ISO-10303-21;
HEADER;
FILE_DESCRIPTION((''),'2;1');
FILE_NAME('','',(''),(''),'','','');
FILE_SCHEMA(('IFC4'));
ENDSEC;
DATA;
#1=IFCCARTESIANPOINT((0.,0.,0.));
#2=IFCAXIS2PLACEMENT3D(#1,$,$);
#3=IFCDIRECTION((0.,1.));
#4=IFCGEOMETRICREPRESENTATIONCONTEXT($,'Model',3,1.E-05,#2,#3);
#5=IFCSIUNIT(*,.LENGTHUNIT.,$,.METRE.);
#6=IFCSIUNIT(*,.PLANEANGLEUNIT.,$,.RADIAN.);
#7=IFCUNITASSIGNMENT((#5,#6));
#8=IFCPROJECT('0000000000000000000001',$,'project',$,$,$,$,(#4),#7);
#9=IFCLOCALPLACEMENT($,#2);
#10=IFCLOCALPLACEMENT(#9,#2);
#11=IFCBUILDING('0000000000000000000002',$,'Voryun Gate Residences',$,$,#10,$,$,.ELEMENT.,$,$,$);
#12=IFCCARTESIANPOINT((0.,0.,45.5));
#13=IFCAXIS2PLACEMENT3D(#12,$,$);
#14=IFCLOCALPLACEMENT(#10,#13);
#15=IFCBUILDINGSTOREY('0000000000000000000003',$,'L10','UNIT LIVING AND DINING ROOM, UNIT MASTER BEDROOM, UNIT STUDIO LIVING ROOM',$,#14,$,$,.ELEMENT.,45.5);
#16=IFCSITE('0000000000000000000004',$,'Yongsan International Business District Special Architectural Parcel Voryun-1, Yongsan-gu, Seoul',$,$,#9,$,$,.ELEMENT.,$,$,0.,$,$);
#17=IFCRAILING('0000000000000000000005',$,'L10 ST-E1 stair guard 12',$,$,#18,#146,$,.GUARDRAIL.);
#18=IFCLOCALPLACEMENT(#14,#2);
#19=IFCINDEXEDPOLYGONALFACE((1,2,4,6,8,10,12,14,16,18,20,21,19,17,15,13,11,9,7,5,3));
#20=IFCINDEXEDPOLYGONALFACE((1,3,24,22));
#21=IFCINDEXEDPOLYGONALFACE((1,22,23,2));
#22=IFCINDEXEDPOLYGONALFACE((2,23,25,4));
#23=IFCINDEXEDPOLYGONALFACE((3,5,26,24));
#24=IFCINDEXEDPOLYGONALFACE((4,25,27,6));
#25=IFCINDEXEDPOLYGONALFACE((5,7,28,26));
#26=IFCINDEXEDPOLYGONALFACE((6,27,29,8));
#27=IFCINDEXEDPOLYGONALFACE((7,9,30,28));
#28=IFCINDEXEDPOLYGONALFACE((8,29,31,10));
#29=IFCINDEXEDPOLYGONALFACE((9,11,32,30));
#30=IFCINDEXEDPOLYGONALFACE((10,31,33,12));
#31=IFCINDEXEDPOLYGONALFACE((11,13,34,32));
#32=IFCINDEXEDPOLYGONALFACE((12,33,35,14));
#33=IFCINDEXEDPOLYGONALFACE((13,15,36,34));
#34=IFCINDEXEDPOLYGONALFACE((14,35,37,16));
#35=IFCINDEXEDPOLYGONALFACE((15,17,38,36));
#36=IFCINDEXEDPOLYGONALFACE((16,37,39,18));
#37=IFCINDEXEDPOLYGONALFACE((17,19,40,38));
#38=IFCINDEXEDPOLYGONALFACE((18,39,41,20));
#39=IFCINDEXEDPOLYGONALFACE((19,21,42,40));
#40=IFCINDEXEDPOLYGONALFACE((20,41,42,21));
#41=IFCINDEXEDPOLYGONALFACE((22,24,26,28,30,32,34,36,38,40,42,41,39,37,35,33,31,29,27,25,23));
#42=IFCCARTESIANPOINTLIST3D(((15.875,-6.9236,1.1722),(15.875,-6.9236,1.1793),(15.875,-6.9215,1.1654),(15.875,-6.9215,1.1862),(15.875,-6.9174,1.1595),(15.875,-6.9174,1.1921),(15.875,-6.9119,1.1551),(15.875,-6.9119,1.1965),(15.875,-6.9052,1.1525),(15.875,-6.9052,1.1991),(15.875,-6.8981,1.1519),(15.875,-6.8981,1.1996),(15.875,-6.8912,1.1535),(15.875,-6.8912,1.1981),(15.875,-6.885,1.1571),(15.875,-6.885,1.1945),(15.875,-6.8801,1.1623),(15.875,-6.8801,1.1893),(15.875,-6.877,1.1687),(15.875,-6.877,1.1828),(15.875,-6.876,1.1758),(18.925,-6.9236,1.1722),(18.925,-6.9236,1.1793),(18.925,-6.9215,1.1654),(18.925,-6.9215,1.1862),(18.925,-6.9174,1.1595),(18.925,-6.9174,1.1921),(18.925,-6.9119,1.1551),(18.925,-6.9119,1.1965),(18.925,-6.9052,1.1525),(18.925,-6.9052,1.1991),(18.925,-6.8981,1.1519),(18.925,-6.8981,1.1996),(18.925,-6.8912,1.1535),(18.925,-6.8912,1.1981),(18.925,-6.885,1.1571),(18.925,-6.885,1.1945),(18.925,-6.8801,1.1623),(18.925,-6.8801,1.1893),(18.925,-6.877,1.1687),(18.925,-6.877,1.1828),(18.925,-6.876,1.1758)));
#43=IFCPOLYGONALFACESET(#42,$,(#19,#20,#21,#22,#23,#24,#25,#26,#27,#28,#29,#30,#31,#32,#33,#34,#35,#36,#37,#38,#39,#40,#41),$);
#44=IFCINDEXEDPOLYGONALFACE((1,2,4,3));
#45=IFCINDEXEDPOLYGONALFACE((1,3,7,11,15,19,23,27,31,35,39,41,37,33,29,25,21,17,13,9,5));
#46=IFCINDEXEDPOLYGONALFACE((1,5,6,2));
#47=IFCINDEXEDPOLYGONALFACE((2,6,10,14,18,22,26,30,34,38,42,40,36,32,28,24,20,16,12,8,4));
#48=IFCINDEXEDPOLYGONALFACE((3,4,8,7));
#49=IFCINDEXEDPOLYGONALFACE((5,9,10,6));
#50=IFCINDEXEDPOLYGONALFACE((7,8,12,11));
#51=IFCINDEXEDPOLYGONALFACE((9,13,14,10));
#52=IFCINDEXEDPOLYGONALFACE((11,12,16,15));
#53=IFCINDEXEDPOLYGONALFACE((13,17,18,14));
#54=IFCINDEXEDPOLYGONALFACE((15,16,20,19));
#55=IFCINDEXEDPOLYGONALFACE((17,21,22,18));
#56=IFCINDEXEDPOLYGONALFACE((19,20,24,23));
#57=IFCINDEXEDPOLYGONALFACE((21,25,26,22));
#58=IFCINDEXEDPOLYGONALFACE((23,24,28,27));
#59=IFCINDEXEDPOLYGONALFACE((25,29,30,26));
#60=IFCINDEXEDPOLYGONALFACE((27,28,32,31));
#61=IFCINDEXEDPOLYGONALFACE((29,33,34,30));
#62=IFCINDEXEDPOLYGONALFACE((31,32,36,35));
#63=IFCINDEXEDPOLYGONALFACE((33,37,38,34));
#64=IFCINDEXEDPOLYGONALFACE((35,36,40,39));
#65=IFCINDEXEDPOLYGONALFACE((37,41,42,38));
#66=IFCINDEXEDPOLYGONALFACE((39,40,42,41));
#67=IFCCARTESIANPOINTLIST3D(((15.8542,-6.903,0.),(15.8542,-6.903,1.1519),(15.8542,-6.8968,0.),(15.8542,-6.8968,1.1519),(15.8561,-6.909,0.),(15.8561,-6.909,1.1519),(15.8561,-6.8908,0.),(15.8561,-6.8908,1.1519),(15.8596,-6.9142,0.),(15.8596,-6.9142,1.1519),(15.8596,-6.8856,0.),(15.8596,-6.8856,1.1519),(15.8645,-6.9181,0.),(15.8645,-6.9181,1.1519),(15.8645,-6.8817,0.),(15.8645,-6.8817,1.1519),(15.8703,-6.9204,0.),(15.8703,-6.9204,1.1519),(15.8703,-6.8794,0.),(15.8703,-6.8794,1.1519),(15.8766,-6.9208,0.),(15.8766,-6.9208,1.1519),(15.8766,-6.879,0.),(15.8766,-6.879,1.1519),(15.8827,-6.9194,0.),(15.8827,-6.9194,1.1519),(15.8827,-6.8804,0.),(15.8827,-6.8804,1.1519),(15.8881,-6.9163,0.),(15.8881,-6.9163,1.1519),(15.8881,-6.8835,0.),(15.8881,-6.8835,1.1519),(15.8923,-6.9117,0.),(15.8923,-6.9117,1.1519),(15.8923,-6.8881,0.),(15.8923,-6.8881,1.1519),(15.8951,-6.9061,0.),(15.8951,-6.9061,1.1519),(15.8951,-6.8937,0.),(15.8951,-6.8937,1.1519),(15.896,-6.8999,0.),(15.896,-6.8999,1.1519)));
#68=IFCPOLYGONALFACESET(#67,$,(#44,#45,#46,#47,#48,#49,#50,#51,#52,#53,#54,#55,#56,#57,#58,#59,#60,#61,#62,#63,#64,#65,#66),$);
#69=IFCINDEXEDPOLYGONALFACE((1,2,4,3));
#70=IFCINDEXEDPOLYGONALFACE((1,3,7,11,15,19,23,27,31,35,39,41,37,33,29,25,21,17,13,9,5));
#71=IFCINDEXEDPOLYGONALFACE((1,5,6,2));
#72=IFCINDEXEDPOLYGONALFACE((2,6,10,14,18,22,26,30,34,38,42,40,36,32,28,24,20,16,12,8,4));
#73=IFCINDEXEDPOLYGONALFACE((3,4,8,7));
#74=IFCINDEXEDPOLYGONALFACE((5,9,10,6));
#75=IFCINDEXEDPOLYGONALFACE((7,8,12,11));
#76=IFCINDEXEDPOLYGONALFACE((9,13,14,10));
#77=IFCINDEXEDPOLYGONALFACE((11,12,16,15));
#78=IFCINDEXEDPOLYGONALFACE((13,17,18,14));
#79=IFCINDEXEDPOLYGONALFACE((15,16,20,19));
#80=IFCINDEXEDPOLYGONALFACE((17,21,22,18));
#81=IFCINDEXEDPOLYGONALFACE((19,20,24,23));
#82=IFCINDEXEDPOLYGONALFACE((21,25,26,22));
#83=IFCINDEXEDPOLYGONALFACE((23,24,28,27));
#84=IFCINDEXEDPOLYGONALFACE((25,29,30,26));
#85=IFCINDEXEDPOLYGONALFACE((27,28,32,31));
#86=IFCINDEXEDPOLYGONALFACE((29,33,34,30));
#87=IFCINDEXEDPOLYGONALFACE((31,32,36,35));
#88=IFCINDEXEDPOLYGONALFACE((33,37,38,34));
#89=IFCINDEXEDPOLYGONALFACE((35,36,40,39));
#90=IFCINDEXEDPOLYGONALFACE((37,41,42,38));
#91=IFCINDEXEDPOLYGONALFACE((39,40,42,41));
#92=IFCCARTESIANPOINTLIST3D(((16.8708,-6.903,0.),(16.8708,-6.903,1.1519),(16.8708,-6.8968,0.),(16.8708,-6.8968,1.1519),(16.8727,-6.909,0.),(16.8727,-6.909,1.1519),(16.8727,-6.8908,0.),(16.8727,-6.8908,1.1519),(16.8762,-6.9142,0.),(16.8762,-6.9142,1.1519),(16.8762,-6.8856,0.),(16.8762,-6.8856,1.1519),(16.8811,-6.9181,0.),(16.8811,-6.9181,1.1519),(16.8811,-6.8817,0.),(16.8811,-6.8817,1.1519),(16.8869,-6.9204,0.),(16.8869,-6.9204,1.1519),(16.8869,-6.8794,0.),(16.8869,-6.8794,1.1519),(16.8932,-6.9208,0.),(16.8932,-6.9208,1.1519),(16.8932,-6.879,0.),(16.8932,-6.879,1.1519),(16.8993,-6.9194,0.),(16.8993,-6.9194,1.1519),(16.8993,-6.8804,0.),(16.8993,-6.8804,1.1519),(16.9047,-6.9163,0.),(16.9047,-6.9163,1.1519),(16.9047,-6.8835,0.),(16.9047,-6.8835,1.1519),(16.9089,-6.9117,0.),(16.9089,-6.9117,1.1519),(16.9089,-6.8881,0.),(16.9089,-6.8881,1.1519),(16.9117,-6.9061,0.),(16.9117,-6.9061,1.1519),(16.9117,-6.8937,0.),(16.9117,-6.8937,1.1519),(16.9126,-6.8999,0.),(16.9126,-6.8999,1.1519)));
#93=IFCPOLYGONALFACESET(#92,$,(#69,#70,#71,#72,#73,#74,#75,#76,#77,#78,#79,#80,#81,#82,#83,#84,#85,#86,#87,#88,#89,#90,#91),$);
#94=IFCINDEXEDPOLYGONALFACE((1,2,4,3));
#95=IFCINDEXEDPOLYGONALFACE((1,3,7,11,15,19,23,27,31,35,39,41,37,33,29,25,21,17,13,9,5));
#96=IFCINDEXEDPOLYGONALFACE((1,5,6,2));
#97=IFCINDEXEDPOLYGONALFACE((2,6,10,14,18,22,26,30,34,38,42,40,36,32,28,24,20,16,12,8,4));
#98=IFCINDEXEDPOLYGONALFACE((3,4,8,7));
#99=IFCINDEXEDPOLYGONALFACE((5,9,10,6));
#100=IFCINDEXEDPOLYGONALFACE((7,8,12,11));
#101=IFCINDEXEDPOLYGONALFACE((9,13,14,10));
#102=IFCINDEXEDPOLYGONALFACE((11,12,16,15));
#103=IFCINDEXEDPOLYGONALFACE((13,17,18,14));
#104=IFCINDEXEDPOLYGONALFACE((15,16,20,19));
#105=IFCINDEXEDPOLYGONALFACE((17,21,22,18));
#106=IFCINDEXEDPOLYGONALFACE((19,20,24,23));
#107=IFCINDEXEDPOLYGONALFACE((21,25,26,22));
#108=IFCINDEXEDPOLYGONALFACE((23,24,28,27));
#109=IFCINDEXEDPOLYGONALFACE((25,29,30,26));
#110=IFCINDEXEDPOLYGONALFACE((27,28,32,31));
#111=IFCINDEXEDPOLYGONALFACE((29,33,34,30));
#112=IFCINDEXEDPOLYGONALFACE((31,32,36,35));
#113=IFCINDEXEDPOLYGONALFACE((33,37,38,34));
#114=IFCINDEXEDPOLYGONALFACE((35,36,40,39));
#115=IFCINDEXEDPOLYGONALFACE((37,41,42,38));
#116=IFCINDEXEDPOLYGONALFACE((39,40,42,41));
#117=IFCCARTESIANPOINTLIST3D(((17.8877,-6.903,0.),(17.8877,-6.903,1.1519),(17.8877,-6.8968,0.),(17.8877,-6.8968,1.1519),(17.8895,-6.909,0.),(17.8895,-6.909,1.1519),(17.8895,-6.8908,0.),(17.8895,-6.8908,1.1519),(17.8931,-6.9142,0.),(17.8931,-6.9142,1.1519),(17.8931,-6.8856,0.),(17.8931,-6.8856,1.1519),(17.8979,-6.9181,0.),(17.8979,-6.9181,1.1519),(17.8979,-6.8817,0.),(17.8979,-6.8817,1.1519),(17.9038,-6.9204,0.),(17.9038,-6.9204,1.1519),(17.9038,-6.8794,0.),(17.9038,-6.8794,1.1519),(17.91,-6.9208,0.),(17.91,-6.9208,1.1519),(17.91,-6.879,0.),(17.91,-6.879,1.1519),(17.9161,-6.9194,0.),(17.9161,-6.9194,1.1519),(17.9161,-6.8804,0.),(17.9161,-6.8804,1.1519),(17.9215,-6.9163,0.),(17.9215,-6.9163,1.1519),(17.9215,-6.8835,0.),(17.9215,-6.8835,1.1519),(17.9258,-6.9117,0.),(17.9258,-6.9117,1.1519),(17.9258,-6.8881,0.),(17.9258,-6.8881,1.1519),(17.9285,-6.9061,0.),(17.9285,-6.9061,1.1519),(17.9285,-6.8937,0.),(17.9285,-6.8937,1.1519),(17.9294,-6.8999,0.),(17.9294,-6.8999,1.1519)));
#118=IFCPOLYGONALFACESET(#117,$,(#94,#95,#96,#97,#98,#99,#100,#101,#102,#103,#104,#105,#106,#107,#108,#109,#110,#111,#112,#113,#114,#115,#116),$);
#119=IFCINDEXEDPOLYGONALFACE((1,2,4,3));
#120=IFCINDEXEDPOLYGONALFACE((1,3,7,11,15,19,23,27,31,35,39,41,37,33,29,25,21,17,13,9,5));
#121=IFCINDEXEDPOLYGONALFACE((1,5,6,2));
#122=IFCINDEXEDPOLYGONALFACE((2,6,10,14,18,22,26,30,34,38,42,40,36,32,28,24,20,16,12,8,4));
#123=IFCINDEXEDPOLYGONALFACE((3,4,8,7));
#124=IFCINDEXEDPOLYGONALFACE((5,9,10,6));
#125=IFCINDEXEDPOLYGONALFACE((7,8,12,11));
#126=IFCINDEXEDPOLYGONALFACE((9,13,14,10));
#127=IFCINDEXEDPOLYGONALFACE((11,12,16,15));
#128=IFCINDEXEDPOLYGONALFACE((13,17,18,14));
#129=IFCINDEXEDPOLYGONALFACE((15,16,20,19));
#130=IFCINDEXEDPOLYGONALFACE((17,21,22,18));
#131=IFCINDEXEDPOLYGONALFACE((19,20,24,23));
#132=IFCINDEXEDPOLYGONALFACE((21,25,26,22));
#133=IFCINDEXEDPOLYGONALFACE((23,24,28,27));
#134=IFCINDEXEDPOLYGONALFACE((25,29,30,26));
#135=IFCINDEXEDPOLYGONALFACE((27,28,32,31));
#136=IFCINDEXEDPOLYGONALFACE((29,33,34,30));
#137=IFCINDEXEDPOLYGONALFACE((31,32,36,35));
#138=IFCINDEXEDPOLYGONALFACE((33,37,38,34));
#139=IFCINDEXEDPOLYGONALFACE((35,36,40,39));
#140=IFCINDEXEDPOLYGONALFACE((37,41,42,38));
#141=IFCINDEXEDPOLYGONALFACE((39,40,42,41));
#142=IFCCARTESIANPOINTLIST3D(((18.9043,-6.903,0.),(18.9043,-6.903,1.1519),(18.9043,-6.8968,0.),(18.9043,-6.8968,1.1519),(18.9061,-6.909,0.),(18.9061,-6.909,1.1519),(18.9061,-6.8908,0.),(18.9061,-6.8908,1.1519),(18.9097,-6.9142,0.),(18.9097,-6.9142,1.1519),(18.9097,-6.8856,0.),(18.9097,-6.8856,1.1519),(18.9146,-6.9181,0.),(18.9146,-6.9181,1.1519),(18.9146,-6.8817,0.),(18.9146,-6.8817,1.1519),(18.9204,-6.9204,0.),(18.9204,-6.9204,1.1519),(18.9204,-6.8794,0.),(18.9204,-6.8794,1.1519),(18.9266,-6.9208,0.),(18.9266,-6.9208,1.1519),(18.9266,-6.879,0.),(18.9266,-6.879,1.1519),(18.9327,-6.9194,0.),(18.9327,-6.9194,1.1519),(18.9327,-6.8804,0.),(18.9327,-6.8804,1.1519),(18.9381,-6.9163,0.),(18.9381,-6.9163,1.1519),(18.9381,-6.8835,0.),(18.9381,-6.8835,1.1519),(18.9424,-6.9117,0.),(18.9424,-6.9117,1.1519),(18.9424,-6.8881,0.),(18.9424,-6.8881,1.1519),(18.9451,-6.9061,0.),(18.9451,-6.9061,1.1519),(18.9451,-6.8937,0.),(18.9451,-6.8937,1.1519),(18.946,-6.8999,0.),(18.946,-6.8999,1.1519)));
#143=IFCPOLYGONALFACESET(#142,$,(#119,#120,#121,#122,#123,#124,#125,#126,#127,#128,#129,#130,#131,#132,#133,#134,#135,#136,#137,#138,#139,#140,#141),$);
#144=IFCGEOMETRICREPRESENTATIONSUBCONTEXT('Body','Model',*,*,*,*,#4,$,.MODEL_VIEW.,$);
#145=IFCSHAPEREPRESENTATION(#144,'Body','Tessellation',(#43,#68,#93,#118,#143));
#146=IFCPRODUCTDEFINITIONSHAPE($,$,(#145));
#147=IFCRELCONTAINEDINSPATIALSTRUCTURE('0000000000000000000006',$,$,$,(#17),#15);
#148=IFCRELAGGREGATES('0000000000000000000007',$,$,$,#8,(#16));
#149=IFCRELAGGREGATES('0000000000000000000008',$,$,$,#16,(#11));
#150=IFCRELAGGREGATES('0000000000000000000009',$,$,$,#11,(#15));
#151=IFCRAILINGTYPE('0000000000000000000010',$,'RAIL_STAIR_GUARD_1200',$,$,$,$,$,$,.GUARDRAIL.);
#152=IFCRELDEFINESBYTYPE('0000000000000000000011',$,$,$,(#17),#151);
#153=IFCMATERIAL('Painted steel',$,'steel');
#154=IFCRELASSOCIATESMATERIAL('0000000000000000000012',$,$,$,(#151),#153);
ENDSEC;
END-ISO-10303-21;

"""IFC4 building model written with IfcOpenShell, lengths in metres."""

from ifc_helpers import new_model, si_unit, direction, frame, origin, origin_2d, place, context, subcontext, project, spatial, circle, extrude, material, type_object, element, save


model = new_model("IFC4")

# Units and contexts
model_context = context("Model", 3, precision=1e-05, world=origin(), true_north=direction((0.0, 1.0)))
body_context = subcontext(model_context, "Body", "Model", "MODEL_VIEW")
ifc_project = project(units=[si_unit("LENGTHUNIT", "METRE"), si_unit("PLANEANGLEUNIT", "RADIAN")], contexts=[model_context])

# Site, building, storey
site_placement = place(None, origin())
site = spatial("IfcSite", under=ifc_project, at=site_placement, Name="Yongsan International Business District Special Architectural Parcel Voryun-1, Yongsan-gu, Seoul", CompositionType="ELEMENT", RefElevation=0.0)
building_placement = place(site_placement, origin())
building = spatial("IfcBuilding", under=site, at=building_placement, Name="Voryun Gate Residences", CompositionType="ELEMENT")
storey_placement = place(building_placement, frame((0.0, 0.0, 45.5)))
storey = spatial("IfcBuildingStorey", under=building, at=storey_placement, Name="L10", Description="UNIT LIVING AND DINING ROOM, UNIT MASTER BEDROOM, UNIT STUDIO LIVING ROOM", CompositionType="ELEMENT", Elevation=45.5)

# Railing
ifc_material_1 = material(Name="Painted steel", Category="steel")
railing_type_1 = type_object("IfcRailingType", Name="RAIL_STAIR_GUARD_1200", PredefinedType="GUARDRAIL", material=ifc_material_1)
railing_1_placement = place(storey_placement, frame((15.875, -6.8999, 0.0)))
element("IfcRailing", 1, at=railing_1_placement, inside=storey, type_object=railing_type_1, Name="L10 ST-E1 stair guard 12", PredefinedType="GUARDRAIL", context=body_context, shape_type="SweptSolid", body=[
    extrude(circle(Radius=0.0239, at=origin_2d()), frame((0.0, 0.0, 1.1758), z_axis=(1.0, 0.0, 0.0), x_axis=(0.0, 1.0, 0.0)), (0.0, 0.0, 1.0), 3.05),
    extrude(circle(Radius=0.021, at=origin_2d()), origin(), (0.0, 0.0, 1.0), 1.1519),
    extrude(circle(Radius=0.021, at=origin_2d()), frame((1.0166, 0.0, 0.0)), (0.0, 0.0, 1.0), 1.1519),
    extrude(circle(Radius=0.021, at=origin_2d()), frame((2.0334, 0.0, 0.0)), (0.0, 0.0, 1.0), 1.1519),
    extrude(circle(Radius=0.021, at=origin_2d()), frame((3.05, 0.0, 0.0)), (0.0, 0.0, 1.0), 1.1519),
])

save(model, "model.ifc")
